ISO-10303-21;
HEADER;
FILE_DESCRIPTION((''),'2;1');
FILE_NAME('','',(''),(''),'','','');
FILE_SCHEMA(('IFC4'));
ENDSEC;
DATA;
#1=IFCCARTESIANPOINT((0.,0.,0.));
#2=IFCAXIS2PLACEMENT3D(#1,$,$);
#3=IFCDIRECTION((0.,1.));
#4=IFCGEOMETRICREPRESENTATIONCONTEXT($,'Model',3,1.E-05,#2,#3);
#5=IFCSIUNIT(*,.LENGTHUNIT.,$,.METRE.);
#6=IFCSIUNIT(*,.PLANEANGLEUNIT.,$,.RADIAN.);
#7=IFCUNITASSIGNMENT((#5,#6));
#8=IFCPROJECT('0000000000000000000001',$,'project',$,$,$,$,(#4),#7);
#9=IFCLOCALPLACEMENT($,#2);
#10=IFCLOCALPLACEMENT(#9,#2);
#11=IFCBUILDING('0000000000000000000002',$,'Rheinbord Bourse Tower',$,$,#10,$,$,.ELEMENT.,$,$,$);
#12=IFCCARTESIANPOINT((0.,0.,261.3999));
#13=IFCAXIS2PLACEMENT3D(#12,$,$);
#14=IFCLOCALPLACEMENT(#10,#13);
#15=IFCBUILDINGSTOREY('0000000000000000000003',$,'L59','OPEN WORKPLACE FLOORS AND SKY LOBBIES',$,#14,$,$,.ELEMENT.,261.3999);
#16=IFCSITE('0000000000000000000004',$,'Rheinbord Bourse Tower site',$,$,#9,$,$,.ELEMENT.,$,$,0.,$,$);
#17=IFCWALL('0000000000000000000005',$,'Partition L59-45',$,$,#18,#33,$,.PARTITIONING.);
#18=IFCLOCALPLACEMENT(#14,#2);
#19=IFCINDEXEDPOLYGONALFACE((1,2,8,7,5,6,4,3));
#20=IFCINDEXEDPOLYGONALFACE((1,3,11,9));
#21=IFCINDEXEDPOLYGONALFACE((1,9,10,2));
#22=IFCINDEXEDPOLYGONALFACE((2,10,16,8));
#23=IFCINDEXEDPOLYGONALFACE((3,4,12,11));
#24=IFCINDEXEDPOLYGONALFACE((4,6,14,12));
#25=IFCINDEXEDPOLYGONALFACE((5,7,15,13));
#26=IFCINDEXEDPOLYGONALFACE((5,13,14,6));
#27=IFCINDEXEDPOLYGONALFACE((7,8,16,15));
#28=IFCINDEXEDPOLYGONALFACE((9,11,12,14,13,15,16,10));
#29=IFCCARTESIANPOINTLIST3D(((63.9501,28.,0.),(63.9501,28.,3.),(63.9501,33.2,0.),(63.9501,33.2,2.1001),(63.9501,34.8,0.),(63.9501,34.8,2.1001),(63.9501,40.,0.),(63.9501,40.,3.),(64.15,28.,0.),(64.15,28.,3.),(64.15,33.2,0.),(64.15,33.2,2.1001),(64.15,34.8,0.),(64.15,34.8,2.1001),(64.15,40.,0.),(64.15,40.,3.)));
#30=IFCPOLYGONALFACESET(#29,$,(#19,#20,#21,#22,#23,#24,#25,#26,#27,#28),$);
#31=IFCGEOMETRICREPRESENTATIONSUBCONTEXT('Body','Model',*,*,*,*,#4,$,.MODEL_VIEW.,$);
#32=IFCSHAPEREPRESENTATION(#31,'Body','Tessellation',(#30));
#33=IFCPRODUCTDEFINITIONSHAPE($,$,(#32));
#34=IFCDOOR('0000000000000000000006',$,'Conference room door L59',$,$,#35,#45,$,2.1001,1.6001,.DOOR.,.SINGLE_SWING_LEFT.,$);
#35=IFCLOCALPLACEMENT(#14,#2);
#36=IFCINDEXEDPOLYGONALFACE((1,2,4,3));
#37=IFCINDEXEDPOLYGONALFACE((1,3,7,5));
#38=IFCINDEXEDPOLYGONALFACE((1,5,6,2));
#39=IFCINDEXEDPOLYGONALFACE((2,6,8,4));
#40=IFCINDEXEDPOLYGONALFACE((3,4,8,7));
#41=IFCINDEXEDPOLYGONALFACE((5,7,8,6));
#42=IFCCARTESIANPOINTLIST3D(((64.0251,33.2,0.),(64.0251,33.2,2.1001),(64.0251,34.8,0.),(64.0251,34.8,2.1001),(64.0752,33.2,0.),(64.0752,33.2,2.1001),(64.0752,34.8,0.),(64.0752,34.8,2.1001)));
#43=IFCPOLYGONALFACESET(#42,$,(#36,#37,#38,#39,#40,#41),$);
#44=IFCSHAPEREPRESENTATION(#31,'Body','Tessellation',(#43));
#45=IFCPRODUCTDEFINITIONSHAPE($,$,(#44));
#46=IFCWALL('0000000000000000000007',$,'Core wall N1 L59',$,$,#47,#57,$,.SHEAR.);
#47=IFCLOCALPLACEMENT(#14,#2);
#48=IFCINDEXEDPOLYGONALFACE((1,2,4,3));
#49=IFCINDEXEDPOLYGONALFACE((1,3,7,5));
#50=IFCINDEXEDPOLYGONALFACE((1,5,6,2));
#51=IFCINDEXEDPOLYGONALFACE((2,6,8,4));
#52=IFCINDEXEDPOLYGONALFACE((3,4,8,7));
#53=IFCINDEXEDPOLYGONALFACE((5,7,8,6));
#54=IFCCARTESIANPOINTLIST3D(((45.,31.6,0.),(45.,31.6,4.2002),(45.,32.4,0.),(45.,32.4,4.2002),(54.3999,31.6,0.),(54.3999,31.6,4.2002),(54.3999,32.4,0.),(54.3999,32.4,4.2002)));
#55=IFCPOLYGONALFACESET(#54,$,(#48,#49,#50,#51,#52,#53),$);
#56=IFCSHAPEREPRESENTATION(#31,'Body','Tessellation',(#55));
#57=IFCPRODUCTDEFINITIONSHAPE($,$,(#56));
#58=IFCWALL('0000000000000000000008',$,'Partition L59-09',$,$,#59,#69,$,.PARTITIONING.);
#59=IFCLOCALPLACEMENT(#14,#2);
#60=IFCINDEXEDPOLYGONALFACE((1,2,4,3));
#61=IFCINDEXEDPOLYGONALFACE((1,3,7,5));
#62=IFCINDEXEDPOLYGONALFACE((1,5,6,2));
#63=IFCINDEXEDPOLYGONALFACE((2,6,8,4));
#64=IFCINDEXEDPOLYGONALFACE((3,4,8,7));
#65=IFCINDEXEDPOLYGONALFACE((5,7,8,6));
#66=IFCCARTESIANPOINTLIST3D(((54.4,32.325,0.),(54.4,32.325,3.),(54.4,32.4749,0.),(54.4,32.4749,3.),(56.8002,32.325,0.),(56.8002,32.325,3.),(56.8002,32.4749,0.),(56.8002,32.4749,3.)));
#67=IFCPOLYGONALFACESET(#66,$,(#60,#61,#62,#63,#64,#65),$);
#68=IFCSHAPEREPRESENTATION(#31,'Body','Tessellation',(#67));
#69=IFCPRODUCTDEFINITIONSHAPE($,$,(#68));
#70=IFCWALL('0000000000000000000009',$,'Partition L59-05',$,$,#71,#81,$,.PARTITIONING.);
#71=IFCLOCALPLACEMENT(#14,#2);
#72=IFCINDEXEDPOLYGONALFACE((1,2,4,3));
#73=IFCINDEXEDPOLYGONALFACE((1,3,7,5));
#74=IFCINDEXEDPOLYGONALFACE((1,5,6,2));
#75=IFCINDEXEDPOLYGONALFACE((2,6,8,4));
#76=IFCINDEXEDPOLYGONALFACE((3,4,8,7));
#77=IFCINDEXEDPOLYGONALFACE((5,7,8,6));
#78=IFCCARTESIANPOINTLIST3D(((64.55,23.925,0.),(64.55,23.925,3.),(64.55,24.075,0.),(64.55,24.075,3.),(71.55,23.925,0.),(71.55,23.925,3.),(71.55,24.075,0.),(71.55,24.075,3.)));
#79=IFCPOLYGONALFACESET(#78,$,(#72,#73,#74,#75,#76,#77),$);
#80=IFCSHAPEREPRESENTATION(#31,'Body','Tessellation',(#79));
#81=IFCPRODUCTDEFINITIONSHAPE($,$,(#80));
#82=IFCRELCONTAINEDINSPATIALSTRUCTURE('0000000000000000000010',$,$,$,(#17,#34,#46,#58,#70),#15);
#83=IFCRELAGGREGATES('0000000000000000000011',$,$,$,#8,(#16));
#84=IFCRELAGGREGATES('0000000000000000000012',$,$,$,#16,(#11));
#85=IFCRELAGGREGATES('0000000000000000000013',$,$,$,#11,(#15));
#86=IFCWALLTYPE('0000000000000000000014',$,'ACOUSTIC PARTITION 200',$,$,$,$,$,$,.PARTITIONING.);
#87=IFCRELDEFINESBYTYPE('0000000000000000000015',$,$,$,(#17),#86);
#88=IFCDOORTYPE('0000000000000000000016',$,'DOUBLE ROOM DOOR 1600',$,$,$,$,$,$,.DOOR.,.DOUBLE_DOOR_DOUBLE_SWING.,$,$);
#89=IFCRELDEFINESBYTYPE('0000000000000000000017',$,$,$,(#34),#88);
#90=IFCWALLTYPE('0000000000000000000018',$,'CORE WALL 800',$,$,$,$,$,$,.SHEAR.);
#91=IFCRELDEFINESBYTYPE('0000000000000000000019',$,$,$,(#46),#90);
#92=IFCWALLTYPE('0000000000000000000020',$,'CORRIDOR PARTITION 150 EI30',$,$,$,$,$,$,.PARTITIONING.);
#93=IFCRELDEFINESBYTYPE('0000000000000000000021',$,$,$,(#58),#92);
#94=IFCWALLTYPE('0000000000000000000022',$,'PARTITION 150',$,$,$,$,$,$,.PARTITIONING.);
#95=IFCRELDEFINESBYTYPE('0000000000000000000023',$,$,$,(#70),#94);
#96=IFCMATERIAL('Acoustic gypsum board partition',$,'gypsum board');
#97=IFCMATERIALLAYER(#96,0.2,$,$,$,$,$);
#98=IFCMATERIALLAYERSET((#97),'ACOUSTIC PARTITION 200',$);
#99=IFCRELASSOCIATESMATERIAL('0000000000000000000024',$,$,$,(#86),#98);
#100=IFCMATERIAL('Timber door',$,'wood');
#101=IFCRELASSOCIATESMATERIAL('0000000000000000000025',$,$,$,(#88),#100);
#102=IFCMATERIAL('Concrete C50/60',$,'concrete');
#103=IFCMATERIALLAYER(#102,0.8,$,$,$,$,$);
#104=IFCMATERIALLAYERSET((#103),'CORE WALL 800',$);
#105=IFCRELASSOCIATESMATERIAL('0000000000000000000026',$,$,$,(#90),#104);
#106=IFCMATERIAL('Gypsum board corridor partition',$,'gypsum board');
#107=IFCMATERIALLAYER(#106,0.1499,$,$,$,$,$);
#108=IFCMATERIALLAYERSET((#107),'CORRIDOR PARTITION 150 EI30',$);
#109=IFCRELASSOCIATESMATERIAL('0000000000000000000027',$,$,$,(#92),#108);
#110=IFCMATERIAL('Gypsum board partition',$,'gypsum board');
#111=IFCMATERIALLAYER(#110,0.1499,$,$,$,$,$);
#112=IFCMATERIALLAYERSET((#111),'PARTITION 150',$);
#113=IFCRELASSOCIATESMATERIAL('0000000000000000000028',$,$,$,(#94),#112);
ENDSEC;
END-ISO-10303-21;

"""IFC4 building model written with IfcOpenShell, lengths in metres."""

from ifc_helpers import new_model, si_unit, direction, frame, frame_2d, origin, place, context, subcontext, project, spatial, rectangle, extrude, material, layer, layer_set, type_object, element, fill, save


model = new_model("IFC4")

# Units and contexts
model_context = context("Model", 3, precision=1e-05, world=origin(), true_north=direction((0.0, 1.0)))
body_context = subcontext(model_context, "Body", "Model", "MODEL_VIEW")
ifc_project = project(units=[si_unit("LENGTHUNIT", "METRE"), si_unit("PLANEANGLEUNIT", "RADIAN")], contexts=[model_context])

# Site, building, storey
site_placement = place(None, origin())
site = spatial("IfcSite", under=ifc_project, at=site_placement, Name="Rheinbord Bourse Tower site", CompositionType="ELEMENT", RefElevation=0.0)
building_placement = place(site_placement, origin())
building = spatial("IfcBuilding", under=site, at=building_placement, Name="Rheinbord Bourse Tower", CompositionType="ELEMENT")
storey_placement = place(building_placement, frame((0.0, 0.0, 261.3999)))
storey = spatial("IfcBuildingStorey", under=building, at=storey_placement, Name="L59", Description="OPEN WORKPLACE FLOORS AND SKY LOBBIES", CompositionType="ELEMENT", Elevation=261.3999)

# Shared definitions
ifc_material_1 = material(Name="Acoustic gypsum board partition", Category="gypsum board")
ifc_layer_1 = layer(ifc_material_1, 0.2)
ifc_layer_set_1 = layer_set([ifc_layer_1], Name="ACOUSTIC PARTITION 200")
wall_type_1 = type_object("IfcWallType", Name="ACOUSTIC PARTITION 200", PredefinedType="PARTITIONING", material=ifc_layer_set_1)

# Wall, opening, door
wall_1_placement = place(storey_placement, frame((64.05, 28.0, 0.0), z_axis=(0.0, 0.0, 1.0), x_axis=(0.0, 1.0, 0.0)))
wall_1 = element("IfcWall", 1, at=wall_1_placement, inside=storey, type_object=wall_type_1, Name="Partition L59-45", PredefinedType="PARTITIONING", context=body_context, shape_type="SweptSolid", body=[
    extrude(rectangle(XDim=12.0, YDim=0.2, at=frame_2d((6.0, 0.0))), origin(), (0.0, 0.0, 1.0), 3.0),
])
opening_placement = place(wall_1_placement, frame((5.2, 0.0, 0.0)))
opening = element("IfcOpeningElement", 2, at=opening_placement, cuts=wall_1, PredefinedType="OPENING", context=body_context, shape_type="SweptSolid", body=[
    extrude(rectangle(XDim=1.6001, YDim=2.1001, at=frame_2d((0.8, 1.05))), frame((0.0, 0.1099, 0.0), z_axis=(0.0, -1.0, 0.0), x_axis=(1.0, 0.0, 0.0)), (0.0, 0.0, 1.0), 0.22),
])
ifc_material_2 = material(Name="Timber door", Category="wood")
door_type = type_object("IfcDoorType", Name="DOUBLE ROOM DOOR 1600", OperationType="DOUBLE_DOOR_DOUBLE_SWING", PredefinedType="DOOR", material=ifc_material_2)
door_placement = place(opening_placement, origin())
door = element("IfcDoor", 3, at=door_placement, inside=storey, type_object=door_type, Name="Conference room door L59", OperationType="SINGLE_SWING_LEFT", OverallHeight=2.1001, OverallWidth=1.6001, PredefinedType="DOOR", context=body_context, shape_type="SweptSolid", body=[
    extrude(rectangle(XDim=1.6001, YDim=2.1001, at=frame_2d((0.8, 1.05))), frame((0.0, 0.0249, 0.0), z_axis=(0.0, -1.0, 0.0), x_axis=(1.0, 0.0, 0.0)), (0.0, 0.0, 1.0), 0.05),
])
fill(opening, door)

# Walls
ifc_material_3 = material(Name="Concrete C50/60", Category="concrete")
ifc_layer_2 = layer(ifc_material_3, 0.8)
ifc_layer_set_2 = layer_set([ifc_layer_2], Name="CORE WALL 800")
wall_type_2 = type_object("IfcWallType", Name="CORE WALL 800", PredefinedType="SHEAR", material=ifc_layer_set_2)
wall_2_placement = place(storey_placement, frame((54.3999, 32.0, 0.0), z_axis=(0.0, 0.0, 1.0), x_axis=(-1.0, 0.0, 0.0)))
element("IfcWall", 4, at=wall_2_placement, inside=storey, type_object=wall_type_2, Name="Core wall N1 L59", PredefinedType="SHEAR", context=body_context, shape_type="SweptSolid", body=[
    extrude(rectangle(XDim=9.3999, YDim=0.8, at=frame_2d((4.7, 0.0))), origin(), (0.0, 0.0, 1.0), 4.2002),
])
ifc_material_4 = material(Name="Gypsum board corridor partition", Category="gypsum board")
ifc_layer_3 = layer(ifc_material_4, 0.1499)
ifc_layer_set_3 = layer_set([ifc_layer_3], Name="CORRIDOR PARTITION 150 EI30")
wall_type_3 = type_object("IfcWallType", Name="CORRIDOR PARTITION 150 EI30", PredefinedType="PARTITIONING", material=ifc_layer_set_3)
wall_3_placement = place(storey_placement, frame((54.3999, 32.3999, 0.0), z_axis=(0.0, 0.0, 1.0), x_axis=(1.0, 0.0, 0.0)))
element("IfcWall", 5, at=wall_3_placement, inside=storey, type_object=wall_type_3, Name="Partition L59-09", PredefinedType="PARTITIONING", context=body_context, shape_type="SweptSolid", body=[
    extrude(rectangle(XDim=2.4001, YDim=0.1499, at=frame_2d((1.2002, 0.0))), origin(), (0.0, 0.0, 1.0), 3.0),
])
ifc_material_5 = material(Name="Gypsum board partition", Category="gypsum board")
ifc_layer_4 = layer(ifc_material_5, 0.1499)
ifc_layer_set_4 = layer_set([ifc_layer_4], Name="PARTITION 150")
wall_type_4 = type_object("IfcWallType", Name="PARTITION 150", PredefinedType="PARTITIONING", material=ifc_layer_set_4)
wall_4_placement = place(storey_placement, frame((64.55, 24.0, 0.0), z_axis=(0.0, 0.0, 1.0), x_axis=(1.0, 0.0, 0.0)))
element("IfcWall", 6, at=wall_4_placement, inside=storey, type_object=wall_type_4, Name="Partition L59-05", PredefinedType="PARTITIONING", context=body_context, shape_type="SweptSolid", body=[
    extrude(rectangle(XDim=7.0, YDim=0.1499, at=frame_2d((3.5, 0.0))), origin(), (0.0, 0.0, 1.0), 3.0),
])

save(model, "model.ifc")
